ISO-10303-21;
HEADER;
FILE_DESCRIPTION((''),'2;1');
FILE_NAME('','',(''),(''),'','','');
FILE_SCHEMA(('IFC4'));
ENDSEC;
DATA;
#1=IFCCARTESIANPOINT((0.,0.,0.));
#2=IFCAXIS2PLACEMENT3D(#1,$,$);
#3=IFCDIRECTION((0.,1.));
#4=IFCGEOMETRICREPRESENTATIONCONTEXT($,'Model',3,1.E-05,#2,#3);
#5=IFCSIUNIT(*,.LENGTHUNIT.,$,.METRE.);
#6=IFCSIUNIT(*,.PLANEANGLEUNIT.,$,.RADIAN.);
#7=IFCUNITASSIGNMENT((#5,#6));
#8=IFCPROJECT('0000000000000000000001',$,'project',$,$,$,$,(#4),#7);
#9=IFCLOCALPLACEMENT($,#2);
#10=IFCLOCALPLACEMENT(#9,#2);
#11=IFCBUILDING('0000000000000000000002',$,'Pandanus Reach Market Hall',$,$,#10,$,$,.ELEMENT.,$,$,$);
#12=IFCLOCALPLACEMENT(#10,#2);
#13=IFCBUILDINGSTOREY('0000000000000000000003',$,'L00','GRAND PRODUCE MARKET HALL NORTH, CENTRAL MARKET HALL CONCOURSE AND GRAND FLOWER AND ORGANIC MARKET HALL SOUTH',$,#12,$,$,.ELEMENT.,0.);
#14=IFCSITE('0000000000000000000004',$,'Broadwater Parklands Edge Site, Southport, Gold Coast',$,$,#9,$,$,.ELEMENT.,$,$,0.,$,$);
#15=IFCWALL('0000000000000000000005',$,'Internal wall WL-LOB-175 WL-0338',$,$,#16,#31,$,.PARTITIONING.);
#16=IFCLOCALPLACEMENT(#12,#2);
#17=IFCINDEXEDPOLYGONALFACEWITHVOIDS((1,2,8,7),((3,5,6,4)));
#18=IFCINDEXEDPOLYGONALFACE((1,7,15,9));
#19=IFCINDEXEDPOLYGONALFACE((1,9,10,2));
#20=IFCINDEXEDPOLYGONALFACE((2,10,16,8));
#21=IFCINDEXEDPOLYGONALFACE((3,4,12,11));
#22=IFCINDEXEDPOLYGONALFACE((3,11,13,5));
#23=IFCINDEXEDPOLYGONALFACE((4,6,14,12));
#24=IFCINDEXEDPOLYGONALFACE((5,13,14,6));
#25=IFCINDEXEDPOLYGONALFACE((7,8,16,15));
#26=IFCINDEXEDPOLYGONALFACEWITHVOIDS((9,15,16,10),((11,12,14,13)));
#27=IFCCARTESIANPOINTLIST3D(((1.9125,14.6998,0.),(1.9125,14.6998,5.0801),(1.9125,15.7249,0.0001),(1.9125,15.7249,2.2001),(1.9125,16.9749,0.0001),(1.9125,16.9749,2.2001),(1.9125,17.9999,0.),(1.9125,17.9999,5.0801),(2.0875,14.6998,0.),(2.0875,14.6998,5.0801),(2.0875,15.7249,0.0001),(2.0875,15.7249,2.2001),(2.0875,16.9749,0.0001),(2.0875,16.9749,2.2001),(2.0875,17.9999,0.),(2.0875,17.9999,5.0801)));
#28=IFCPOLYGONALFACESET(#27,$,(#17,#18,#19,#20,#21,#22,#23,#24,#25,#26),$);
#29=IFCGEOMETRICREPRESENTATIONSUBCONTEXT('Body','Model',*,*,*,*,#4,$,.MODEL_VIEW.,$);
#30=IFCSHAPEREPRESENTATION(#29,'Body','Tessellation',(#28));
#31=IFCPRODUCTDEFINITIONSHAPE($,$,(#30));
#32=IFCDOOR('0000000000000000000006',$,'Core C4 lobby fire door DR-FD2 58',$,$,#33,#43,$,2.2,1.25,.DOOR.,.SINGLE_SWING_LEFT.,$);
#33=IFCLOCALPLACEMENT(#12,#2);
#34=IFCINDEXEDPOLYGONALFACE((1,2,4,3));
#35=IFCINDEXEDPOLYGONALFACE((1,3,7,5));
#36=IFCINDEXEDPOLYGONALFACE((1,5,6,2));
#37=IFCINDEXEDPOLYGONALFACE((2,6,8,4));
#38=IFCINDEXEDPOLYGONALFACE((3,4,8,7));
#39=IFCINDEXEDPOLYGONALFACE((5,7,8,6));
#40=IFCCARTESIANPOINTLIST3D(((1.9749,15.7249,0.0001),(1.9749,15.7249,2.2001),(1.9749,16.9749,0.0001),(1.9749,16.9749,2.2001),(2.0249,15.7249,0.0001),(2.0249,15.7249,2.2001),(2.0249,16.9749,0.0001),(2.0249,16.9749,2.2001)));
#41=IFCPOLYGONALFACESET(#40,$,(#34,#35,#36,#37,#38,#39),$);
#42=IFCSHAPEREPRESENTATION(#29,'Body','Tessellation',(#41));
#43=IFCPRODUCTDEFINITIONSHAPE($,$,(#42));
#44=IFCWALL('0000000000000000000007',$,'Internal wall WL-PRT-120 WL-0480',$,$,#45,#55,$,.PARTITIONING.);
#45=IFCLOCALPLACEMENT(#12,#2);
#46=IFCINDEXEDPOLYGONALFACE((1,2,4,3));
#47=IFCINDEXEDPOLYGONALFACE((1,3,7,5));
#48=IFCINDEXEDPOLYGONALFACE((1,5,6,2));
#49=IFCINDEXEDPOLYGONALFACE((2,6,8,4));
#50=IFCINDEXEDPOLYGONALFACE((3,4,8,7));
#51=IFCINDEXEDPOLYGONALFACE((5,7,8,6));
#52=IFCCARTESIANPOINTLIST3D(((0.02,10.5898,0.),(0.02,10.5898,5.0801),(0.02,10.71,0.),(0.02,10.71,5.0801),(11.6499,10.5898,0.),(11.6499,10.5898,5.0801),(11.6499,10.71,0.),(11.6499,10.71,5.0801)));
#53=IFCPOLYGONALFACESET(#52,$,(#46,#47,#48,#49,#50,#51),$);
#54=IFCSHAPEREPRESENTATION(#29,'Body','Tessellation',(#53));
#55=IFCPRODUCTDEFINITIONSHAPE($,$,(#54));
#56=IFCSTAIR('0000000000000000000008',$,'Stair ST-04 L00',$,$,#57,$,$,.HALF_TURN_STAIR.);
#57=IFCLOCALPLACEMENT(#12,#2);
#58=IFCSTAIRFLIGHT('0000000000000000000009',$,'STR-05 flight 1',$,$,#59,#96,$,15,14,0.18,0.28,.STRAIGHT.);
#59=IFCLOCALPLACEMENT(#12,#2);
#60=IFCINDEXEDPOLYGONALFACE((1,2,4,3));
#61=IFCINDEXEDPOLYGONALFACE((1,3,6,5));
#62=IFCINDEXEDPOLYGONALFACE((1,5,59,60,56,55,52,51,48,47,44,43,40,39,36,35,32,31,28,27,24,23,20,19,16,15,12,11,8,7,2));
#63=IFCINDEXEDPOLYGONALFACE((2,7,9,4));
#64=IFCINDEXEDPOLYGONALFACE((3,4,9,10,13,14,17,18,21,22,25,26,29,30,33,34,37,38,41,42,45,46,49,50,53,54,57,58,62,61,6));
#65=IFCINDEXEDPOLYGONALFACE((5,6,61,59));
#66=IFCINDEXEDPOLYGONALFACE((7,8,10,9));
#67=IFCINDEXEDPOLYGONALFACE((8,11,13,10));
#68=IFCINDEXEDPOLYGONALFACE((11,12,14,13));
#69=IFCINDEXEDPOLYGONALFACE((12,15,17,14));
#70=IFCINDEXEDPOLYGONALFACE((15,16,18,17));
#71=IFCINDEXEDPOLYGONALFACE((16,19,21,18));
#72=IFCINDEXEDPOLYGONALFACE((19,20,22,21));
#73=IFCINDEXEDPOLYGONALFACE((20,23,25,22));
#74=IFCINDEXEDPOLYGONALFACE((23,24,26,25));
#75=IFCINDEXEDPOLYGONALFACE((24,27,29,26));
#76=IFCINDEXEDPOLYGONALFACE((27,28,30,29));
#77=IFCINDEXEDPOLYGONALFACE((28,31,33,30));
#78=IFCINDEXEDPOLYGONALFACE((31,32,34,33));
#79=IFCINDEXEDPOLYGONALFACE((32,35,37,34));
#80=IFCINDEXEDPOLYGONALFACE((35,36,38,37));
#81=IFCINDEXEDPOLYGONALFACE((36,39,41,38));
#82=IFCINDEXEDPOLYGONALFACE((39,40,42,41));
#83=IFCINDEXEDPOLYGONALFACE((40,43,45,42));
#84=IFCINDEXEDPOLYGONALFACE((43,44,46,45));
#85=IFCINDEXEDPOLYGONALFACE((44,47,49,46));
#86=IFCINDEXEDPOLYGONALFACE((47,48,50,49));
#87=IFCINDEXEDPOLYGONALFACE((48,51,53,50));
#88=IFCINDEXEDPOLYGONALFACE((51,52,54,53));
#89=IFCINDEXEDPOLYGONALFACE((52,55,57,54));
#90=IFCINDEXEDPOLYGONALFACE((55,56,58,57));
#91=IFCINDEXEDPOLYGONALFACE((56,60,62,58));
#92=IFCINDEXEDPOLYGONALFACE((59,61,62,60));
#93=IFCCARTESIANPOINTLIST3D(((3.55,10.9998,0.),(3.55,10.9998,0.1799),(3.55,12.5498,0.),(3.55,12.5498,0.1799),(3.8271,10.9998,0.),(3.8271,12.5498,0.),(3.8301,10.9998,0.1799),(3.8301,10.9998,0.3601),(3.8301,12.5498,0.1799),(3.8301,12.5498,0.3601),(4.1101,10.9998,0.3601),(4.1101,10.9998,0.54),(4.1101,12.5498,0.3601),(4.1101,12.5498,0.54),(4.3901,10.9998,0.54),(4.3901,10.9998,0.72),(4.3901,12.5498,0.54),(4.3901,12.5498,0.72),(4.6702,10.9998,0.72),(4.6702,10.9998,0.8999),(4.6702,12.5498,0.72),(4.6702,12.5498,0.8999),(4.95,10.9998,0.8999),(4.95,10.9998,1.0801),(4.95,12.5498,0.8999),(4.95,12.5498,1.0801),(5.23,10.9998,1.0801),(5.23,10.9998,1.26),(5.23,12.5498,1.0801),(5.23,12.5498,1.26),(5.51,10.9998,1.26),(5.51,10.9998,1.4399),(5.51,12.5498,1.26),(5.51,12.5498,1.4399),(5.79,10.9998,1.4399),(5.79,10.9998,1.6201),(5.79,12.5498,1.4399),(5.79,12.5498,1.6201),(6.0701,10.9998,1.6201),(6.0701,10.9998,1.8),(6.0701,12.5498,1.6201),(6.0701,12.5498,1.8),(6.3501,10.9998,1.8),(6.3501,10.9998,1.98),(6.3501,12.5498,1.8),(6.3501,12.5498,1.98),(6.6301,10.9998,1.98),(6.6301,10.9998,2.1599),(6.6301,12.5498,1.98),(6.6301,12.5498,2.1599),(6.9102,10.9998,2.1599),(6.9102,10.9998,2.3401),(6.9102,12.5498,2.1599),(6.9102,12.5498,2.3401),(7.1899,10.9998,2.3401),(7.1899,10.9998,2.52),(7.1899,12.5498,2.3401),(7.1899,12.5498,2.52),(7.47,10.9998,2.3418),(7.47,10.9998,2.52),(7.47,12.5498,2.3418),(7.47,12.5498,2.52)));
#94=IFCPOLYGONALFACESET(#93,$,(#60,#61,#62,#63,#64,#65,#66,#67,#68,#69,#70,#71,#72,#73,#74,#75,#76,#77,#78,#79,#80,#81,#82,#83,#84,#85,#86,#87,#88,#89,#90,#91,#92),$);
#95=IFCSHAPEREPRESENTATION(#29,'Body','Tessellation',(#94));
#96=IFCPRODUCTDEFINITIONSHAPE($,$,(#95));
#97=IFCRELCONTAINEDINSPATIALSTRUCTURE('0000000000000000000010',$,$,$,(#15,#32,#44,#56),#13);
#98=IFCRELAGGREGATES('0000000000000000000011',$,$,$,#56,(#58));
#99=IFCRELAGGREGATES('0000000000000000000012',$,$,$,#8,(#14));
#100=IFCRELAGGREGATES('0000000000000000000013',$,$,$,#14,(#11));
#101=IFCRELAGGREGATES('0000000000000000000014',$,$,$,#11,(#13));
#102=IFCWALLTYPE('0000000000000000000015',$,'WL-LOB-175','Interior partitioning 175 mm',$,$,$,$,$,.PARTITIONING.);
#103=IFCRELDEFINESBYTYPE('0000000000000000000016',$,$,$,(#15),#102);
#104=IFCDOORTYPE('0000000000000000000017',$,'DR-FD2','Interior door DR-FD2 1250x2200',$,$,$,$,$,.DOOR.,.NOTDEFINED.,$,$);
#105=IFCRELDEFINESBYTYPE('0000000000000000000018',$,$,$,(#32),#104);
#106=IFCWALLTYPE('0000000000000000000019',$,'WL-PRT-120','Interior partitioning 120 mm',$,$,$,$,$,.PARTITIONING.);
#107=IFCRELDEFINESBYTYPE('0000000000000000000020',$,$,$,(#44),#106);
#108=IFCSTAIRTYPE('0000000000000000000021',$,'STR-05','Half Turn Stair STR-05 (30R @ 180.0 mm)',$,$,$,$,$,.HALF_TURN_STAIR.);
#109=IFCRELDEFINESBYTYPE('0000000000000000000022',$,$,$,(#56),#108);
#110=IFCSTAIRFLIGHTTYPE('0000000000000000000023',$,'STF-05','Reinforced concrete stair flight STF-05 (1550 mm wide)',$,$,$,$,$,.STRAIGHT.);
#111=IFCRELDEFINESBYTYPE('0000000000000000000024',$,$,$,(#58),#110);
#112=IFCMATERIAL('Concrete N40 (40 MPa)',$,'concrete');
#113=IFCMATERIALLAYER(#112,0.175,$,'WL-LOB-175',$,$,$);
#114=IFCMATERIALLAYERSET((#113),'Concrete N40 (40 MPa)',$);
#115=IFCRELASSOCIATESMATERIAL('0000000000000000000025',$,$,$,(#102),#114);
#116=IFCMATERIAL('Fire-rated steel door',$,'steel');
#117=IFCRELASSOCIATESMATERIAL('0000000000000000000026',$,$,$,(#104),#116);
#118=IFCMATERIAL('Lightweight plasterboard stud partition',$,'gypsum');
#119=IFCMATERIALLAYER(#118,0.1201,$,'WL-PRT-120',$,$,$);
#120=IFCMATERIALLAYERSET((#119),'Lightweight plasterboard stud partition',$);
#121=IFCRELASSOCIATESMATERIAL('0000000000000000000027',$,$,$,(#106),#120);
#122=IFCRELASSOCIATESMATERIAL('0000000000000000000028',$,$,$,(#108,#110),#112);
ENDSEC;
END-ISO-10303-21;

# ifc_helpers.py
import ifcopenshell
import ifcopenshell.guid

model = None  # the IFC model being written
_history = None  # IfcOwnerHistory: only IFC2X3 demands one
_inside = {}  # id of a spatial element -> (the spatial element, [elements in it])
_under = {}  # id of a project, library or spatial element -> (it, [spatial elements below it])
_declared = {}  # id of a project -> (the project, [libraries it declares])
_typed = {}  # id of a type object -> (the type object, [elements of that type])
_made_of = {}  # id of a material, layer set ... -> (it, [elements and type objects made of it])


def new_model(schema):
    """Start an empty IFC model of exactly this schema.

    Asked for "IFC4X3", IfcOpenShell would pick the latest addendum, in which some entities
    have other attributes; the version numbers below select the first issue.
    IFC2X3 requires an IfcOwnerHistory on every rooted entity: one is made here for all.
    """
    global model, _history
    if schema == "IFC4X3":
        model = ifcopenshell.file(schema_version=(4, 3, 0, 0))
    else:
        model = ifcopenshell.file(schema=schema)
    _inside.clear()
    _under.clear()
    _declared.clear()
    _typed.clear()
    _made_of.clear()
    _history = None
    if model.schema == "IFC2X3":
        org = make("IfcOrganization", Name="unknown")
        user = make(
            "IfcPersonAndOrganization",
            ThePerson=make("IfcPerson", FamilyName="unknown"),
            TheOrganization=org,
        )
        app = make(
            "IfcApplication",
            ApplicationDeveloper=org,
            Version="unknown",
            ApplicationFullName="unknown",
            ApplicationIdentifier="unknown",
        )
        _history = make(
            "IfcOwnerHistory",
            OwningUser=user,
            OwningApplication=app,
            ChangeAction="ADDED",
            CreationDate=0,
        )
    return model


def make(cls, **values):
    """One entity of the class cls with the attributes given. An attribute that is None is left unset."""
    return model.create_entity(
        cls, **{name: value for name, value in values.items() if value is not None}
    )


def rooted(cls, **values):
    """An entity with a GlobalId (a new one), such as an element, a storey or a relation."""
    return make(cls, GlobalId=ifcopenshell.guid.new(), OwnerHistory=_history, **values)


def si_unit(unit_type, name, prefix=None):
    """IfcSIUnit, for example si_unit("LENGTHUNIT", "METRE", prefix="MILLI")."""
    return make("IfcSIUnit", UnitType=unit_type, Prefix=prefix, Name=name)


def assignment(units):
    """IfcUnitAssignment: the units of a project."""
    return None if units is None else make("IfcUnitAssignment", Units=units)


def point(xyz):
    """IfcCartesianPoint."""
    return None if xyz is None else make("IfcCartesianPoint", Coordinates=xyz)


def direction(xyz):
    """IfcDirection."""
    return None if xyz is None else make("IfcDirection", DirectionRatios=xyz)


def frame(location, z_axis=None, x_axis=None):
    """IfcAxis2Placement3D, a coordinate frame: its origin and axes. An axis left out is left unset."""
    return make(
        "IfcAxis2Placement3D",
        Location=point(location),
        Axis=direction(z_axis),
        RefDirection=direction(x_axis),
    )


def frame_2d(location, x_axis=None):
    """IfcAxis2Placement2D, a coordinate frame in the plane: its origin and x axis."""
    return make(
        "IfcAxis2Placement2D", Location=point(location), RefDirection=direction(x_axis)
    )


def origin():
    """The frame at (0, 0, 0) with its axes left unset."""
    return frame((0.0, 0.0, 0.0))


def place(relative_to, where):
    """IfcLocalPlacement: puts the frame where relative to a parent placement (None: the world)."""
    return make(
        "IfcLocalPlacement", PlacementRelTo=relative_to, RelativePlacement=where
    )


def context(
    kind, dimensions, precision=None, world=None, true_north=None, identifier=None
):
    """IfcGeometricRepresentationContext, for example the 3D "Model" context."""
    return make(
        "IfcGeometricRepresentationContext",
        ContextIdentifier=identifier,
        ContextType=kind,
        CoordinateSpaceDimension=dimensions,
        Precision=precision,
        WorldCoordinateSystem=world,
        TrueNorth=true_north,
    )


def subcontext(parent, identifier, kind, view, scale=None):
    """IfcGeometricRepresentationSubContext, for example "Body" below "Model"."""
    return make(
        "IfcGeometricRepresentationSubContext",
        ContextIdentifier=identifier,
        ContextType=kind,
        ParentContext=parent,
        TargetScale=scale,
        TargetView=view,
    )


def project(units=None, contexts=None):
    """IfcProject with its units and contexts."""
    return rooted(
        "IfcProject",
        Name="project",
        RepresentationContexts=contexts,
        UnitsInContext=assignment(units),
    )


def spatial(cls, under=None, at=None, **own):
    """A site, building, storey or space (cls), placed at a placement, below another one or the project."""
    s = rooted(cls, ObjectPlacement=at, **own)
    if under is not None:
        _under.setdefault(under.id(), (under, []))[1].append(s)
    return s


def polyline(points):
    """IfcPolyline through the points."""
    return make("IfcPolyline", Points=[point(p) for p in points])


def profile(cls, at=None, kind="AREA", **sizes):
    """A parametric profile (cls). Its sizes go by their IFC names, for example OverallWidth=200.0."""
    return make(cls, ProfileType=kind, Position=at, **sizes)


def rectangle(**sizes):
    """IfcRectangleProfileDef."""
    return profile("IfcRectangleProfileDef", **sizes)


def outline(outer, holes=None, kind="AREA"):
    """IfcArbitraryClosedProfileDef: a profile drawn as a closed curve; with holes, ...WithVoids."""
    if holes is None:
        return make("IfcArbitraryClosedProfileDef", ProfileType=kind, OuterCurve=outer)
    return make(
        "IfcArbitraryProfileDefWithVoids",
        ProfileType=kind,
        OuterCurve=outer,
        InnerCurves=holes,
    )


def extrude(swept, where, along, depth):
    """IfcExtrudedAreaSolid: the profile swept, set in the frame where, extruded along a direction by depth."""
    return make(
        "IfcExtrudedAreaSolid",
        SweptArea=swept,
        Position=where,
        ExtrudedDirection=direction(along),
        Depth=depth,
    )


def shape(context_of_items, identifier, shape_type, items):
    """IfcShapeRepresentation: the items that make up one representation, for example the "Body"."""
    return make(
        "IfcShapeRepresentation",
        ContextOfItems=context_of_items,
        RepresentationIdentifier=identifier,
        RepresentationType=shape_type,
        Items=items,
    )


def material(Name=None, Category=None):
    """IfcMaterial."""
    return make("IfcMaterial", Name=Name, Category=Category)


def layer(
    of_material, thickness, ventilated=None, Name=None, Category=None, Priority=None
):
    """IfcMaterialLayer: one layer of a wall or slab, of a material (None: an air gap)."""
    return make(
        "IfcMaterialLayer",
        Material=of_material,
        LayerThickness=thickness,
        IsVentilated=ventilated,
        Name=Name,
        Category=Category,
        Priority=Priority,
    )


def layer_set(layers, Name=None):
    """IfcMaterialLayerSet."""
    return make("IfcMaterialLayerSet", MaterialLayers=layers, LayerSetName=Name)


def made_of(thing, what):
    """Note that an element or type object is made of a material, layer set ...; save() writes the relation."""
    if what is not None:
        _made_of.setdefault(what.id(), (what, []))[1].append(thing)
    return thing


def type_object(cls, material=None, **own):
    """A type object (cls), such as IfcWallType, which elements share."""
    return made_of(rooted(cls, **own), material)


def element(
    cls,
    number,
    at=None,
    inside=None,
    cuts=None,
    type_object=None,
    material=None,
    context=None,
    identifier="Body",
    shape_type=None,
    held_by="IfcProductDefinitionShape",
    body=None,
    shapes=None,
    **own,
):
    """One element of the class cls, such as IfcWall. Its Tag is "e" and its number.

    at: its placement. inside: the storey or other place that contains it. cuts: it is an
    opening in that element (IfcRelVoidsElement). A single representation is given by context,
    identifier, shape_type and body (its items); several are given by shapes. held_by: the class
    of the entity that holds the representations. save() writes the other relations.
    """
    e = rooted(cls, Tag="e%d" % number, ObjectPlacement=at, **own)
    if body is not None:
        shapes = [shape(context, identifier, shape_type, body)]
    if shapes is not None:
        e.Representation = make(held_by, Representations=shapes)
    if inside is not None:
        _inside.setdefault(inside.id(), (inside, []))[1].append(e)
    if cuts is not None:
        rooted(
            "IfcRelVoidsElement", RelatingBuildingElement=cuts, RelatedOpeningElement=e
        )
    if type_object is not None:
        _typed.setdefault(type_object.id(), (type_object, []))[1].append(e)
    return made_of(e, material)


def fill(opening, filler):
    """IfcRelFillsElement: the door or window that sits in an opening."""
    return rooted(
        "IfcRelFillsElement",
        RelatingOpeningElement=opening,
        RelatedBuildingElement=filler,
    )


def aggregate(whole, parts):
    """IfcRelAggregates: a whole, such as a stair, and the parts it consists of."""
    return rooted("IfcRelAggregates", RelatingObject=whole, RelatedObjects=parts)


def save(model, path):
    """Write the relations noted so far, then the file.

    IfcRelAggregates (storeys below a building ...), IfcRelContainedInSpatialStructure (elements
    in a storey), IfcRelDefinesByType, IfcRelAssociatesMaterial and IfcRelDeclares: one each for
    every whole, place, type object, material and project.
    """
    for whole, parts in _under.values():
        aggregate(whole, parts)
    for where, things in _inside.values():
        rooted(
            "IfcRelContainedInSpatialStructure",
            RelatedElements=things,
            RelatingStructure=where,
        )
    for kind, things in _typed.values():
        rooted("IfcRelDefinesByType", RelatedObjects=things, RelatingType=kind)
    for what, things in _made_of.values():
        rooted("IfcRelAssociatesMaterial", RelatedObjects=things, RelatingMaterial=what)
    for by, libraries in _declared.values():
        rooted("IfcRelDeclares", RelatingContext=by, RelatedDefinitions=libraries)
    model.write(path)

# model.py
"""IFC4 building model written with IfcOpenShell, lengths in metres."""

from ifc_helpers import new_model, si_unit, direction, frame, frame_2d, origin, place, context, subcontext, project, spatial, polyline, rectangle, outline, extrude, material, layer, layer_set, type_object, element, fill, aggregate, save


model = new_model("IFC4")

# Units and contexts
model_context = context("Model", 3, precision=1e-05, world=origin(), true_north=direction((0.0, 1.0)))
body_context = subcontext(model_context, "Body", "Model", "MODEL_VIEW")
ifc_project = project(units=[si_unit("LENGTHUNIT", "METRE"), si_unit("PLANEANGLEUNIT", "RADIAN")], contexts=[model_context])

# Site, building, storey
site_placement = place(None, origin())
site = spatial("IfcSite", under=ifc_project, at=site_placement, Name="Broadwater Parklands Edge Site, Southport, Gold Coast", CompositionType="ELEMENT", RefElevation=0.0)
building_placement = place(site_placement, origin())
building = spatial("IfcBuilding", under=site, at=building_placement, Name="Pandanus Reach Market Hall", CompositionType="ELEMENT")
storey_placement = place(building_placement, origin())
storey = spatial("IfcBuildingStorey", under=building, at=storey_placement, Name="L00", Description="GRAND PRODUCE MARKET HALL NORTH, CENTRAL MARKET HALL CONCOURSE AND GRAND FLOWER AND ORGANIC MARKET HALL SOUTH", CompositionType="ELEMENT", Elevation=0.0)

# Shared definitions
ifc_material_1 = material(Name="Concrete N40 (40 MPa)", Category="concrete")

# Shared definitions
ifc_material_2 = material(Name="Fire-rated steel door", Category="steel")

# Wall, opening, door
ifc_layer_1 = layer(ifc_material_1, 0.175, Name="WL-LOB-175")
ifc_layer_set_1 = layer_set([ifc_layer_1], Name="Concrete N40 (40 MPa)")
wall_type_1 = type_object("IfcWallType", Name="WL-LOB-175", Description="Interior partitioning 175 mm", PredefinedType="PARTITIONING", material=ifc_layer_set_1)
wall_1_placement = place(storey_placement, frame((2.0, 14.7, 0.0), z_axis=(0.0, 0.0, 1.0), x_axis=(0.0, 1.0, 0.0)))
wall_1 = element("IfcWall", 1, at=wall_1_placement, inside=storey, type_object=wall_type_1, Name="Internal wall WL-LOB-175 WL-0338", PredefinedType="PARTITIONING", context=body_context, shape_type="SweptSolid", body=[
    extrude(rectangle(XDim=3.3, YDim=0.175, at=frame_2d((1.6499, 0.0))), origin(), (0.0, 0.0, 1.0), 5.0801),
])
opening_1_placement = place(wall_1_placement, frame((1.0249, 0.0, 0.0)))
opening_1 = element("IfcOpeningElement", 2, at=opening_1_placement, cuts=wall_1, PredefinedType="OPENING", context=body_context, shape_type="SweptSolid", body=[
    extrude(rectangle(XDim=1.25, YDim=2.2, at=frame_2d((0.625, 1.1001))), frame((0.0, 0.1025, 0.0), z_axis=(0.0, -1.0, 0.0), x_axis=(1.0, 0.0, 0.0)), (0.0, 0.0, 1.0), 0.2051),
])
door_type_1 = type_object("IfcDoorType", Name="DR-FD2", Description="Interior door DR-FD2 1250x2200", OperationType="NOTDEFINED", PredefinedType="DOOR", material=ifc_material_2)
door_1_placement = place(opening_1_placement, frame((1.25, 0.0, 0.0), z_axis=(0.0, 0.0, 1.0), x_axis=(-1.0, 0.0, 0.0)))
door_1 = element("IfcDoor", 3, at=door_1_placement, inside=storey, type_object=door_type_1, Name="Core C4 lobby fire door DR-FD2 58", OperationType="SINGLE_SWING_LEFT", OverallHeight=2.2, OverallWidth=1.25, PredefinedType="DOOR", context=body_context, shape_type="SweptSolid", body=[
    extrude(rectangle(XDim=1.25, YDim=2.2, at=frame_2d((0.625, 1.1001))), frame((0.0, 0.0249, 0.0), z_axis=(0.0, -1.0, 0.0), x_axis=(1.0, 0.0, 0.0)), (0.0, 0.0, 1.0), 0.05),
])
fill(opening_1, door_1)

# Wall
ifc_material_3 = material(Name="Lightweight plasterboard stud partition", Category="gypsum")
ifc_layer_2 = layer(ifc_material_3, 0.1201, Name="WL-PRT-120")
ifc_layer_set_2 = layer_set([ifc_layer_2], Name="Lightweight plasterboard stud partition")
wall_type_2 = type_object("IfcWallType", Name="WL-PRT-120", Description="Interior partitioning 120 mm", PredefinedType="PARTITIONING", material=ifc_layer_set_2)
wall_2_placement = place(storey_placement, frame((0.02, 10.6499, 0.0), z_axis=(0.0, 0.0, 1.0), x_axis=(1.0, 0.0, 0.0)))
element("IfcWall", 4, at=wall_2_placement, inside=storey, type_object=wall_type_2, Name="Internal wall WL-PRT-120 WL-0480", PredefinedType="PARTITIONING", context=body_context, shape_type="SweptSolid", body=[
    extrude(rectangle(XDim=11.6299, YDim=0.1201, at=frame_2d((5.8149, 0.0))), origin(), (0.0, 0.0, 1.0), 5.0801),
])

# Stair, stair flight
stair_type = type_object("IfcStairType", Name="STR-05", Description="Half Turn Stair STR-05 (30R @ 180.0 mm)", PredefinedType="HALF_TURN_STAIR", material=ifc_material_1)
stair_placement = place(storey_placement, origin())
stair = element("IfcStair", 5, at=stair_placement, inside=storey, type_object=stair_type, Name="Stair ST-04 L00", PredefinedType="HALF_TURN_STAIR")
stair_flight_type = type_object("IfcStairFlightType", Name="STF-05", Description="Reinforced concrete stair flight STF-05 (1550 mm wide)", PredefinedType="STRAIGHT", material=ifc_material_1)
stair_flight_placement = place(storey_placement, frame((3.55, 11.7749, 0.0), z_axis=(0.0, 0.0, 1.0), x_axis=(1.0, 0.0, 0.0)))
stair_flight = element("IfcStairFlight", 6, at=stair_flight_placement, type_object=stair_flight_type, Name="STR-05 flight 1", NumberOfRisers=15, NumberOfTreads=14, PredefinedType="STRAIGHT", RiserHeight=0.18, TreadLength=0.28, context=body_context, shape_type="SweptSolid", body=[
    extrude(outline(polyline([(0.0, 0.0), (0.0, 0.1799), (0.28, 0.1799), (0.28, 0.3601), (0.5601, 0.3601), (0.5601, 0.54), (0.8401, 0.54), (0.8401, 0.72), (1.1201, 0.72), (1.1201, 0.8999), (1.3999, 0.8999), (1.3999, 1.0801), (1.6799, 1.0801), (1.6799, 1.26), (1.96, 1.26), (1.96, 1.4399), (2.24, 1.4399), (2.24, 1.6201), (2.52, 1.6201), (2.52, 1.8), (2.8, 1.8), (2.8, 1.98), (3.0801, 1.98), (3.0801, 2.1599), (3.3601, 2.1599), (3.3601, 2.3401), (3.6399, 2.3401), (3.6399, 2.52), (3.9199, 2.52), (3.9199, 2.7), (3.9199, 2.3418), (0.2771, 0.0), (0.0, 0.0)])), frame((0.0, 0.7749, 0.0), z_axis=(0.0, -1.0, 0.0), x_axis=(1.0, 0.0, 0.0)), (0.0, 0.0, 1.0), 1.55),
])
aggregate(stair, [stair_flight])

save(model, "model.ifc")
